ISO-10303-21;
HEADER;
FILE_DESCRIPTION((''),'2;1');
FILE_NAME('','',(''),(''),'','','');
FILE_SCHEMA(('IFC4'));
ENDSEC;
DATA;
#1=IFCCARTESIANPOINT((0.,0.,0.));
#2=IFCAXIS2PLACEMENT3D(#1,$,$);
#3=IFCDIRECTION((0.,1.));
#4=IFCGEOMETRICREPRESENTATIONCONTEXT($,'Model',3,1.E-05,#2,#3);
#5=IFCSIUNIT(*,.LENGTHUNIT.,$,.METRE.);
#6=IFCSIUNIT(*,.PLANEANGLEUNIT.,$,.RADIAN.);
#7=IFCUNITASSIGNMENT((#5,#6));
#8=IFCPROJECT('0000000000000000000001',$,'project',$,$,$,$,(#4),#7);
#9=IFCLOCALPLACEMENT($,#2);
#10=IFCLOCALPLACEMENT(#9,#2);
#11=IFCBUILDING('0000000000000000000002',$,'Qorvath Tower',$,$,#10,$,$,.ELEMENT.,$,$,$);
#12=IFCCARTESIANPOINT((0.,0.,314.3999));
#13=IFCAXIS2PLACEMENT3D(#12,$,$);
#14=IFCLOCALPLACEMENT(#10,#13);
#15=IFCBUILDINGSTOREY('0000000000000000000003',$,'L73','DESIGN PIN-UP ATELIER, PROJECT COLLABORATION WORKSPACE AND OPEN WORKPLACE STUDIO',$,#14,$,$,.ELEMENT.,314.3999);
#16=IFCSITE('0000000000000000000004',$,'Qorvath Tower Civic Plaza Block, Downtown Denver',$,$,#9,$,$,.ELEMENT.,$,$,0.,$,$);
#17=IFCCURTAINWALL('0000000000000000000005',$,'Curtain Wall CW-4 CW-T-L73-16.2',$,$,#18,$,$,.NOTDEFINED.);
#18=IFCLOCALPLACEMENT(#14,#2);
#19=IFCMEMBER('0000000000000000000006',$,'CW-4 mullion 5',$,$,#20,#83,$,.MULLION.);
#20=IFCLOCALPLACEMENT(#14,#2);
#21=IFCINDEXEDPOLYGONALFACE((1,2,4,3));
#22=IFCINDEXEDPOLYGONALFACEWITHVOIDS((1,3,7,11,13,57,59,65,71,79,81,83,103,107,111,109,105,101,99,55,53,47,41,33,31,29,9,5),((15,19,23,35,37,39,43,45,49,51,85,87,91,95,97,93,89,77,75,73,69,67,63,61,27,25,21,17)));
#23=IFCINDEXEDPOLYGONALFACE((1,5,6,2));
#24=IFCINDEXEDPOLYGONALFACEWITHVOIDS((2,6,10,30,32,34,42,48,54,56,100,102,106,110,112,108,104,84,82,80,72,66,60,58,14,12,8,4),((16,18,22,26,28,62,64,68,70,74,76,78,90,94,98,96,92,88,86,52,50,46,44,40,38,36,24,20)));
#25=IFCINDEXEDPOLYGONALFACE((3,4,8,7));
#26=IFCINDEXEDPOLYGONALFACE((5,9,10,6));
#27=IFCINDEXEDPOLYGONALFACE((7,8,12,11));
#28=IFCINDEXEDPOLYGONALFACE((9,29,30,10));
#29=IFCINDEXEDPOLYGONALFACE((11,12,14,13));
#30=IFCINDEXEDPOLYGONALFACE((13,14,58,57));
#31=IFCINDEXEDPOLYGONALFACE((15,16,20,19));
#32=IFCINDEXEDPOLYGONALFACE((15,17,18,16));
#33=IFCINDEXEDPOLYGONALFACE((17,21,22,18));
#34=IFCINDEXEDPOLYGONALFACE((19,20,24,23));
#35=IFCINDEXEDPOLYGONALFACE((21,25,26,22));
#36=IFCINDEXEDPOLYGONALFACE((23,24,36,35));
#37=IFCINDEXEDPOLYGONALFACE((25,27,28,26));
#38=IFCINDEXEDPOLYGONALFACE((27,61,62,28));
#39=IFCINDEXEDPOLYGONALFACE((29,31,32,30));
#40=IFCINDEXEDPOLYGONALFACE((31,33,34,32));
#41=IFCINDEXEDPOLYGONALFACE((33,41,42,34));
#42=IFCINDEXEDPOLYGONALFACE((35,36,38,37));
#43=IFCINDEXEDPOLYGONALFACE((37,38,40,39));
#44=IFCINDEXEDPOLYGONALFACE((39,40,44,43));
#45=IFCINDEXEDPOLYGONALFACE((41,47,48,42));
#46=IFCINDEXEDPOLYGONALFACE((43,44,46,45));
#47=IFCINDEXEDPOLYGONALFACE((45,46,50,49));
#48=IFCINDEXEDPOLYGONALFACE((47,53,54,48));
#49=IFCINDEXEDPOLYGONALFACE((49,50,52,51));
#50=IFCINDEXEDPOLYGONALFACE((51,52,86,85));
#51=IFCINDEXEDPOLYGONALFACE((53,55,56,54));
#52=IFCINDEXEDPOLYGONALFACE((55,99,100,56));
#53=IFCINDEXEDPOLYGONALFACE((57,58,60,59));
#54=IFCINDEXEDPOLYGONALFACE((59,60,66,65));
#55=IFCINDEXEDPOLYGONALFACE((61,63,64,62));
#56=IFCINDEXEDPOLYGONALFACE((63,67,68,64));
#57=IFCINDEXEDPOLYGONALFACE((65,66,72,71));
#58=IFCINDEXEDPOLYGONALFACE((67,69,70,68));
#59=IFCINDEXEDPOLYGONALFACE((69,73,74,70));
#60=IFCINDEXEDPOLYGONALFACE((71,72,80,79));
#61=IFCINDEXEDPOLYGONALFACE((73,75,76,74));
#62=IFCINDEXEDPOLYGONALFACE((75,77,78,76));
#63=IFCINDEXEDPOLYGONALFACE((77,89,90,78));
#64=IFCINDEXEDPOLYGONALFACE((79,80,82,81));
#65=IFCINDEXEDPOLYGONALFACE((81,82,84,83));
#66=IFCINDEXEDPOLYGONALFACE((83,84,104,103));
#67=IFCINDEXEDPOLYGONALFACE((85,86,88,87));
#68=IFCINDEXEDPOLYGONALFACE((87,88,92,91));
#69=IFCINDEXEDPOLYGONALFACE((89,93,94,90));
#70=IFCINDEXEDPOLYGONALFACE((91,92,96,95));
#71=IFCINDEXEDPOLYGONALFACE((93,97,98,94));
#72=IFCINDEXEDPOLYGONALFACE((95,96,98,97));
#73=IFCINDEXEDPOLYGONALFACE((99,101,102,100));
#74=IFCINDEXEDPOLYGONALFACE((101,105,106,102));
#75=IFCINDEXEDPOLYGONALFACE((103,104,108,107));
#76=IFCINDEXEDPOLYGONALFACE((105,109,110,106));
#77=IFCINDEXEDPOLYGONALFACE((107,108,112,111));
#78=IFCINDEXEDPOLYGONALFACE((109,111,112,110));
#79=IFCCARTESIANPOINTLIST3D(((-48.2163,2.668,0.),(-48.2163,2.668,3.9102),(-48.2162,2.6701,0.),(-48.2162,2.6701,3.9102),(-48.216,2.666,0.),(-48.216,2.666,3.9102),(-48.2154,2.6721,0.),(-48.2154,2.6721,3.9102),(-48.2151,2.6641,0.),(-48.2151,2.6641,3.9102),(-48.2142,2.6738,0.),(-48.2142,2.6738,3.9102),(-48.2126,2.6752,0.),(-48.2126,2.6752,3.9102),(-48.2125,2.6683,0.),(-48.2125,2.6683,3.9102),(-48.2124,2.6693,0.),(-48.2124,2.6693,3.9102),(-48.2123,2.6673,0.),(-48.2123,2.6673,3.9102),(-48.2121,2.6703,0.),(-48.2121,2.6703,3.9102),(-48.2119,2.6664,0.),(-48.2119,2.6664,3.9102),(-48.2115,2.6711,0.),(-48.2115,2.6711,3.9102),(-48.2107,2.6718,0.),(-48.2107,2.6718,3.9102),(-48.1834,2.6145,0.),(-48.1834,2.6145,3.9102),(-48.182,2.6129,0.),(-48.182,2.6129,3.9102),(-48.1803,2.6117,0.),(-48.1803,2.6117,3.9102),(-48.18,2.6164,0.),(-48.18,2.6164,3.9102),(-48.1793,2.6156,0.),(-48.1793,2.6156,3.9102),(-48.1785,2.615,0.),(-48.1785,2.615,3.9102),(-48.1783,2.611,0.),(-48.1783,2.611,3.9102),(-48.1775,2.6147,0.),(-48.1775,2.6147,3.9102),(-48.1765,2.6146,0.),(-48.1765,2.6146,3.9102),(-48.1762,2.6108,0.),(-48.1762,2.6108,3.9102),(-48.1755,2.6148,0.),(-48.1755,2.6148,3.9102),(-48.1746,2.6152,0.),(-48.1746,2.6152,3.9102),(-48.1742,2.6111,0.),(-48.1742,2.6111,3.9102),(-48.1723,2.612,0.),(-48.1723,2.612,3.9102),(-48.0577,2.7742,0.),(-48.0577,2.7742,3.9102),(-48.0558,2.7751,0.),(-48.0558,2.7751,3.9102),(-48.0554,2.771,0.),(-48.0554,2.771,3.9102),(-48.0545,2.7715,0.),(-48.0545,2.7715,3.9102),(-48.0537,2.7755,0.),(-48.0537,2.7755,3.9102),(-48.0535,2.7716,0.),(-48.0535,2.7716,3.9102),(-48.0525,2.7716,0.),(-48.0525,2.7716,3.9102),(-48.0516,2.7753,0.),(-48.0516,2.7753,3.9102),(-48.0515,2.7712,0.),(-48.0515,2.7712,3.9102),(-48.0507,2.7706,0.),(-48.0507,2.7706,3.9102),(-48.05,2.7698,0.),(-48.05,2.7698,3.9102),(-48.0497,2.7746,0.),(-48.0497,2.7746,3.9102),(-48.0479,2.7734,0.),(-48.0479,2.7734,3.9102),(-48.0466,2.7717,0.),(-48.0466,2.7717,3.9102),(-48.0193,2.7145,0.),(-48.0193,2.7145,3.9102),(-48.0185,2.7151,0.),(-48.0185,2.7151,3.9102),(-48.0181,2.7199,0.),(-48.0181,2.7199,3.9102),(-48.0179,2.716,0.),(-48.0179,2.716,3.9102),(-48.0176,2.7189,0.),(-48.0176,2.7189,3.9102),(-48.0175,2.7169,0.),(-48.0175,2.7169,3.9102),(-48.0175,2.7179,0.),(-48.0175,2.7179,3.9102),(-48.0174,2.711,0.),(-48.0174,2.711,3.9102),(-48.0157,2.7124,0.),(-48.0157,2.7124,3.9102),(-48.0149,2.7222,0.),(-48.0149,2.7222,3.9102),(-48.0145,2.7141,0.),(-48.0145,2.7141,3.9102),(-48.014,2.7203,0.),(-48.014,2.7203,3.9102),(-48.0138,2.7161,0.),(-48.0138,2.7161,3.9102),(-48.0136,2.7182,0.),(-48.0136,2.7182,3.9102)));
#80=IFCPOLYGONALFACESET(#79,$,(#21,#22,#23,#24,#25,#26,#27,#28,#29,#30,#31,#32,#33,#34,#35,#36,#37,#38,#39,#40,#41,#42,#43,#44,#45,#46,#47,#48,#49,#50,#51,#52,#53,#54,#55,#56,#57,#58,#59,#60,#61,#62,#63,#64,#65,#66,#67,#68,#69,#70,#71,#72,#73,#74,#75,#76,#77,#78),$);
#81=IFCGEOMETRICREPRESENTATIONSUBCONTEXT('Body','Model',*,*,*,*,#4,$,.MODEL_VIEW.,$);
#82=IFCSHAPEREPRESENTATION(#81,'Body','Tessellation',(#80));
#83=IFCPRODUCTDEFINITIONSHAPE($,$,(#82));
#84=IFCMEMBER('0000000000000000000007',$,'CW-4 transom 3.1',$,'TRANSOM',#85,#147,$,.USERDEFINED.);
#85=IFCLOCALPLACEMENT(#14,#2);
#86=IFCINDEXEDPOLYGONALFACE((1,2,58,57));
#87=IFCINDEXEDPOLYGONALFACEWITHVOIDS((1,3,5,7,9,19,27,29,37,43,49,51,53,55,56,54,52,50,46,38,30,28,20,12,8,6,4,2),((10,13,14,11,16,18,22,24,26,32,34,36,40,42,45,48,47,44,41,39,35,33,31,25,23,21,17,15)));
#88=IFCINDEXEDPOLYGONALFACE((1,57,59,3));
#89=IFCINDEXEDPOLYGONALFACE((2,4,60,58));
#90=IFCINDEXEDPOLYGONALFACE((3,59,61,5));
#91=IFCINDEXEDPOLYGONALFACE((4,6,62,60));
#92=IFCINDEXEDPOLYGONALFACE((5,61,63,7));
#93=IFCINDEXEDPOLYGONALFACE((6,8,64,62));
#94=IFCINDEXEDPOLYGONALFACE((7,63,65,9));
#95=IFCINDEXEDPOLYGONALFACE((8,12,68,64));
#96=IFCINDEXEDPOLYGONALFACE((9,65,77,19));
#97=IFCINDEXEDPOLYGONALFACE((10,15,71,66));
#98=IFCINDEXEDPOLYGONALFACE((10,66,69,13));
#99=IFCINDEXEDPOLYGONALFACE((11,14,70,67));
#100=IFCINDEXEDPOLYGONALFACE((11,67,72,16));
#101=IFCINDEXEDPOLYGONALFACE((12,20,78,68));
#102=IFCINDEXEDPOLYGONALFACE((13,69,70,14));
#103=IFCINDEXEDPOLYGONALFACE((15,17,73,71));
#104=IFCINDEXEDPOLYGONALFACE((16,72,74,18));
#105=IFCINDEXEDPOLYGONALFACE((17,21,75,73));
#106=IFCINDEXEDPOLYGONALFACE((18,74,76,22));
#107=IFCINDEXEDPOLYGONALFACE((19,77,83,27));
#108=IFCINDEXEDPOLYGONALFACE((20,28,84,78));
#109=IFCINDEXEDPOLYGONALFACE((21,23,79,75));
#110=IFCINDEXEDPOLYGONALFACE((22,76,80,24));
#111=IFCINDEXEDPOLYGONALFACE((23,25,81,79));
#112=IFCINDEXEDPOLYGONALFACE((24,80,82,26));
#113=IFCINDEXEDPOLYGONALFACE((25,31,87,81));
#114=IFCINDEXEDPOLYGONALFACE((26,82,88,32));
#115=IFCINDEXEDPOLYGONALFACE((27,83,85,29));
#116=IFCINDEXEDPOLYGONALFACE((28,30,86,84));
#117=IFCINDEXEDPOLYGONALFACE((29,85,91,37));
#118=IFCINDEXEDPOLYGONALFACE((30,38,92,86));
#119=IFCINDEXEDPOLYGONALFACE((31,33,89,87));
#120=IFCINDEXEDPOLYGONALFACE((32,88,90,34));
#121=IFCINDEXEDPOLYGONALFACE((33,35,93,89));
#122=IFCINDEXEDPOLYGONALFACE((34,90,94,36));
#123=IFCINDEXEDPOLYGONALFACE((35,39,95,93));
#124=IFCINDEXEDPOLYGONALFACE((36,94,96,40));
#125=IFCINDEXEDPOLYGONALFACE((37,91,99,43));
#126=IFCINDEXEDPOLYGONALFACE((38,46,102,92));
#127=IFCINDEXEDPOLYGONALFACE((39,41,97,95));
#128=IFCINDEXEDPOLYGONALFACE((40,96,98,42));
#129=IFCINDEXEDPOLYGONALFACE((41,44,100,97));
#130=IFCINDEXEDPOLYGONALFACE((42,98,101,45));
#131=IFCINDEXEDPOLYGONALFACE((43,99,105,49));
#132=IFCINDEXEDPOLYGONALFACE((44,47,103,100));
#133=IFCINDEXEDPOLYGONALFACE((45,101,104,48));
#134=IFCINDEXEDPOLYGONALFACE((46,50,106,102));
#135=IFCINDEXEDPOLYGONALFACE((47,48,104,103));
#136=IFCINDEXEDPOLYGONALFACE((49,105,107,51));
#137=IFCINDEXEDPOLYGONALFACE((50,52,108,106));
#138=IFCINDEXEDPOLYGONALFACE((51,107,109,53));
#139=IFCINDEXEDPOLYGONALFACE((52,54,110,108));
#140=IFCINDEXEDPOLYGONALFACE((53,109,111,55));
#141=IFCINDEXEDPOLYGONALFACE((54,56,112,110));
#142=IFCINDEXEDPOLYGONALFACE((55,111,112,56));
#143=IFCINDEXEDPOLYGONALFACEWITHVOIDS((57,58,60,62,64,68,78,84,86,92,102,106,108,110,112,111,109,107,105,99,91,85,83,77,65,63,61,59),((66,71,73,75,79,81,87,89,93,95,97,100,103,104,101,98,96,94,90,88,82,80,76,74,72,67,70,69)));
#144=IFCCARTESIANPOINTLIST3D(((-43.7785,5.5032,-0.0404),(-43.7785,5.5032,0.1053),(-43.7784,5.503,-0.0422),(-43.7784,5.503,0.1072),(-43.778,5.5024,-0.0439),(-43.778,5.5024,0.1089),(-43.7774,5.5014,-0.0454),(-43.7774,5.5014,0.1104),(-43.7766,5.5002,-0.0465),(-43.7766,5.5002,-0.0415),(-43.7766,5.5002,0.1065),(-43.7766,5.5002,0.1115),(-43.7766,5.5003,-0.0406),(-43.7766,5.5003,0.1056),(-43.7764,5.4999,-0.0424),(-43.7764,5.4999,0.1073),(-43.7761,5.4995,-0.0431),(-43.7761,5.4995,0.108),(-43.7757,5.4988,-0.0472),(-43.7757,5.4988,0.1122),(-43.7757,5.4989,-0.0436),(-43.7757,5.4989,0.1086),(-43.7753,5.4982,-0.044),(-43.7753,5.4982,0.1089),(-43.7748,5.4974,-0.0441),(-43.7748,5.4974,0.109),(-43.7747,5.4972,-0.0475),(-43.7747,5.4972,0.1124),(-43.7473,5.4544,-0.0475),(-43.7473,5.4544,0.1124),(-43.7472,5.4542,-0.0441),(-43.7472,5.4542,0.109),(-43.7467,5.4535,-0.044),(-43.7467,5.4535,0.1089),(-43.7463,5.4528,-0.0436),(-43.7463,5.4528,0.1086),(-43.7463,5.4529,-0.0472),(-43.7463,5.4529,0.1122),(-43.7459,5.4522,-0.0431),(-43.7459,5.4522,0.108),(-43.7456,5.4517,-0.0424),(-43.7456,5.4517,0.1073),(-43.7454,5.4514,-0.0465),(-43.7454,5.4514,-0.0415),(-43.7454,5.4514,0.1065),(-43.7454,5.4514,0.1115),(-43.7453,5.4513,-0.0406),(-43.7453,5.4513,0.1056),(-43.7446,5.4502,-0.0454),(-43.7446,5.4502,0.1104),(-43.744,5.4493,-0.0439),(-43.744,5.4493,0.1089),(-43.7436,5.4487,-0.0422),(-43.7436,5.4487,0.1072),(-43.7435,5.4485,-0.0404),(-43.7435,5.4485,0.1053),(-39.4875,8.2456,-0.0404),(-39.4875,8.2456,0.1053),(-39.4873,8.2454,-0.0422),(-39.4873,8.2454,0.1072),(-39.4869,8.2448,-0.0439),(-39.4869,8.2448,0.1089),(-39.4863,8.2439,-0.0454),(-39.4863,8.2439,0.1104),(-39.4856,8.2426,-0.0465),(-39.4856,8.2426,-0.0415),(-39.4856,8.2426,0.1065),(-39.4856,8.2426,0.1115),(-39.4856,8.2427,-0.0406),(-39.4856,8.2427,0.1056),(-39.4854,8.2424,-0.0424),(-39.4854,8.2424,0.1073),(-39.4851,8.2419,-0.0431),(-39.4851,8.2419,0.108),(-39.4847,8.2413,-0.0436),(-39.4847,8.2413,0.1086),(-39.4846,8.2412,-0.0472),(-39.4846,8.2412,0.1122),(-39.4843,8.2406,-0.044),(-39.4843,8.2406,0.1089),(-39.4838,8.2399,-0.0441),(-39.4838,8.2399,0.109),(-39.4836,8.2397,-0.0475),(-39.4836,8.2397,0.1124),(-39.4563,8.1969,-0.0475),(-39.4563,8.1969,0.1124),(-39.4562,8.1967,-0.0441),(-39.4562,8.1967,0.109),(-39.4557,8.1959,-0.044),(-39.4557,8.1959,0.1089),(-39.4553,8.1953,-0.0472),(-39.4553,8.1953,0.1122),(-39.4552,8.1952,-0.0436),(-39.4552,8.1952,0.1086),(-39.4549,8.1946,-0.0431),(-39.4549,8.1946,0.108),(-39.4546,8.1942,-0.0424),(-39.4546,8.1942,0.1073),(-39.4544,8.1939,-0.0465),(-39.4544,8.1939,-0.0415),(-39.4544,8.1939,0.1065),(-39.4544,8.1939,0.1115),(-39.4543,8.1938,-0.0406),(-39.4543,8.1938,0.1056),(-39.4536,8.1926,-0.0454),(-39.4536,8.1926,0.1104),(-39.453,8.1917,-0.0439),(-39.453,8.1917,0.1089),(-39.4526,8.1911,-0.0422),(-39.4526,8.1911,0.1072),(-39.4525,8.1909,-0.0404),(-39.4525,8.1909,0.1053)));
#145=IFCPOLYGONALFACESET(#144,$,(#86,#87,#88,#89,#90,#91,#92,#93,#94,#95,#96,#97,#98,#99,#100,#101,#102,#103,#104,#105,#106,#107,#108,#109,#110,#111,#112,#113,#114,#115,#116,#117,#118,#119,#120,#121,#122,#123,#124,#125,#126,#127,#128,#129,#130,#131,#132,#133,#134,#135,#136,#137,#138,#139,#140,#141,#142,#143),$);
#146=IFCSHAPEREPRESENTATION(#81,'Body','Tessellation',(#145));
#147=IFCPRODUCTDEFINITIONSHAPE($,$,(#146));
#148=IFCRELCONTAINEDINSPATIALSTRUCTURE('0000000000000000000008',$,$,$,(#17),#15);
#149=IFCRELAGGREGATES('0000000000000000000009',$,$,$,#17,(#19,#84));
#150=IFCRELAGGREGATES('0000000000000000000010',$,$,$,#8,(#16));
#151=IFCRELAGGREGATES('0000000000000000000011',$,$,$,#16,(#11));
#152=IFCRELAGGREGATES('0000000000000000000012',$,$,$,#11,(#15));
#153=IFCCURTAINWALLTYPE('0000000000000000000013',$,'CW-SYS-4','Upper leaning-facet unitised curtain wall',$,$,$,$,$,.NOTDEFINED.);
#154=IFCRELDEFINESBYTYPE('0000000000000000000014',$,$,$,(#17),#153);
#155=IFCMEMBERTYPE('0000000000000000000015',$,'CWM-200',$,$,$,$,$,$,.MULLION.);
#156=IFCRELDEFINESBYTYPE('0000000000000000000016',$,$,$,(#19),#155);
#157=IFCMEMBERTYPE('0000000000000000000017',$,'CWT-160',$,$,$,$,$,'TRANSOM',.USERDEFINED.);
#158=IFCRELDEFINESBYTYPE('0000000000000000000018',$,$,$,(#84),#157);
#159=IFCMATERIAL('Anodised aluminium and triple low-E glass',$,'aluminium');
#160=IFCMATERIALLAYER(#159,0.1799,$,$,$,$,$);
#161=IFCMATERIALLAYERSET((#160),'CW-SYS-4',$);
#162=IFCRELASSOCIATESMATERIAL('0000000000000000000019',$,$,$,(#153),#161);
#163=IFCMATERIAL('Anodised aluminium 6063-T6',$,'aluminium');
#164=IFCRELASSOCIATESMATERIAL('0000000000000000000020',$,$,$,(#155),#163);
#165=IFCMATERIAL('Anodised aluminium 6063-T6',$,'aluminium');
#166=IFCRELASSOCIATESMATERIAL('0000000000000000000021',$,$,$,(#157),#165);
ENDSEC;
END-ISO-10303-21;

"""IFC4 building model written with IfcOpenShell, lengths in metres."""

from ifc_helpers import new_model, si_unit, direction, frame, origin, origin_2d, place, context, subcontext, project, spatial, hollow_rectangle, extrude, material, layer, layer_set, material_profile, profile_set, type_object, element, aggregate, save


model = new_model("IFC4")

# Units and contexts
model_context = context("Model", 3, precision=1e-05, world=origin(), true_north=direction((0.0, 1.0)))
body_context = subcontext(model_context, "Body", "Model", "MODEL_VIEW")
ifc_project = project(units=[si_unit("LENGTHUNIT", "METRE"), si_unit("PLANEANGLEUNIT", "RADIAN")], contexts=[model_context])

# Site, building, storey
site_placement = place(None, origin())
site = spatial("IfcSite", under=ifc_project, at=site_placement, Name="Qorvath Tower Civic Plaza Block, Downtown Denver", CompositionType="ELEMENT", RefElevation=0.0)
building_placement = place(site_placement, origin())
building = spatial("IfcBuilding", under=site, at=building_placement, Name="Qorvath Tower", CompositionType="ELEMENT")
storey_placement = place(building_placement, frame((0.0, 0.0, 314.3999)))
storey = spatial("IfcBuildingStorey", under=building, at=storey_placement, Name="L73", Description="DESIGN PIN-UP ATELIER, PROJECT COLLABORATION WORKSPACE AND OPEN WORKPLACE STUDIO", CompositionType="ELEMENT", Elevation=314.3999)

# Curtain wall, members
ifc_material_1 = material(Name="Anodised aluminium and triple low-E glass", Category="aluminium")
ifc_layer_1 = layer(ifc_material_1, 0.1799)
ifc_layer_set_1 = layer_set([ifc_layer_1], Name="CW-SYS-4")
curtain_wall_type = type_object("IfcCurtainWallType", Name="CW-SYS-4", Description="Upper leaning-facet unitised curtain wall", PredefinedType="NOTDEFINED", material=ifc_layer_set_1)
curtain_wall_placement = place(storey_placement, origin())
curtain_wall = element("IfcCurtainWall", 1, at=curtain_wall_placement, inside=storey, type_object=curtain_wall_type, Name="Curtain Wall CW-4 CW-T-L73-16.2", PredefinedType="NOTDEFINED")
ifc_material_2 = material(Name="Anodised aluminium 6063-T6", Category="aluminium")
ifc_material_profile_1 = material_profile(ifc_material_2, hollow_rectangle(XDim=0.075, YDim=0.2, WallThickness=0.0039, InnerFilletRadius=0.0039, OuterFilletRadius=0.0081, at=origin_2d()), Name="CWM 200x75")
ifc_profile_set_1 = profile_set([ifc_material_profile_1], Name="Anodised aluminium 6063-T6")
member_type_1 = type_object("IfcMemberType", Name="CWM-200", PredefinedType="MULLION", material=ifc_profile_set_1)
member_1_placement = place(storey_placement, frame((-48.115, 2.6931, 0.0), z_axis=(0.0, 0.0, 1.0), x_axis=(0.53853, -0.842606, 0.0)))
member_1 = element("IfcMember", 2, at=member_1_placement, type_object=member_type_1, Name="CW-4 mullion 5", PredefinedType="MULLION", context=body_context, shape_type="SweptSolid", body=[
    extrude(hollow_rectangle(XDim=0.075, YDim=0.2, WallThickness=0.0039, InnerFilletRadius=0.0039, OuterFilletRadius=0.0081, at=origin_2d()), origin(), (0.0, 0.0, 1.0), 3.9102),
])
ifc_material_3 = material(Name="Anodised aluminium 6063-T6", Category="aluminium")
ifc_material_profile_2 = material_profile(ifc_material_3, hollow_rectangle(XDim=0.0649, YDim=0.1599, WallThickness=0.0034, InnerFilletRadius=0.0034, OuterFilletRadius=0.0071, at=origin_2d()), Name="CWT 160x65")
ifc_profile_set_2 = profile_set([ifc_material_profile_2], Name="Anodised aluminium 6063-T6")
member_type_2 = type_object("IfcMemberType", Name="CWT-160", ElementType="TRANSOM", PredefinedType="USERDEFINED", material=ifc_profile_set_2)
member_2_placement = place(storey_placement, frame((-39.47, 8.2183, 0.0325), z_axis=(-0.842612, -0.538522, 0.0), x_axis=(0.538522, -0.842612, 0.0)))
member_2 = element("IfcMember", 3, at=member_2_placement, type_object=member_type_2, Name="CW-4 transom 3.1", ObjectType="TRANSOM", PredefinedType="USERDEFINED", context=body_context, shape_type="SweptSolid", body=[
    extrude(hollow_rectangle(XDim=0.0649, YDim=0.1599, WallThickness=0.0034, InnerFilletRadius=0.0034, OuterFilletRadius=0.0071, at=origin_2d()), origin(), (0.0, 0.0, 1.0), 5.0925),
])

aggregate(curtain_wall, [member_1, member_2])

save(model, "model.ifc")
